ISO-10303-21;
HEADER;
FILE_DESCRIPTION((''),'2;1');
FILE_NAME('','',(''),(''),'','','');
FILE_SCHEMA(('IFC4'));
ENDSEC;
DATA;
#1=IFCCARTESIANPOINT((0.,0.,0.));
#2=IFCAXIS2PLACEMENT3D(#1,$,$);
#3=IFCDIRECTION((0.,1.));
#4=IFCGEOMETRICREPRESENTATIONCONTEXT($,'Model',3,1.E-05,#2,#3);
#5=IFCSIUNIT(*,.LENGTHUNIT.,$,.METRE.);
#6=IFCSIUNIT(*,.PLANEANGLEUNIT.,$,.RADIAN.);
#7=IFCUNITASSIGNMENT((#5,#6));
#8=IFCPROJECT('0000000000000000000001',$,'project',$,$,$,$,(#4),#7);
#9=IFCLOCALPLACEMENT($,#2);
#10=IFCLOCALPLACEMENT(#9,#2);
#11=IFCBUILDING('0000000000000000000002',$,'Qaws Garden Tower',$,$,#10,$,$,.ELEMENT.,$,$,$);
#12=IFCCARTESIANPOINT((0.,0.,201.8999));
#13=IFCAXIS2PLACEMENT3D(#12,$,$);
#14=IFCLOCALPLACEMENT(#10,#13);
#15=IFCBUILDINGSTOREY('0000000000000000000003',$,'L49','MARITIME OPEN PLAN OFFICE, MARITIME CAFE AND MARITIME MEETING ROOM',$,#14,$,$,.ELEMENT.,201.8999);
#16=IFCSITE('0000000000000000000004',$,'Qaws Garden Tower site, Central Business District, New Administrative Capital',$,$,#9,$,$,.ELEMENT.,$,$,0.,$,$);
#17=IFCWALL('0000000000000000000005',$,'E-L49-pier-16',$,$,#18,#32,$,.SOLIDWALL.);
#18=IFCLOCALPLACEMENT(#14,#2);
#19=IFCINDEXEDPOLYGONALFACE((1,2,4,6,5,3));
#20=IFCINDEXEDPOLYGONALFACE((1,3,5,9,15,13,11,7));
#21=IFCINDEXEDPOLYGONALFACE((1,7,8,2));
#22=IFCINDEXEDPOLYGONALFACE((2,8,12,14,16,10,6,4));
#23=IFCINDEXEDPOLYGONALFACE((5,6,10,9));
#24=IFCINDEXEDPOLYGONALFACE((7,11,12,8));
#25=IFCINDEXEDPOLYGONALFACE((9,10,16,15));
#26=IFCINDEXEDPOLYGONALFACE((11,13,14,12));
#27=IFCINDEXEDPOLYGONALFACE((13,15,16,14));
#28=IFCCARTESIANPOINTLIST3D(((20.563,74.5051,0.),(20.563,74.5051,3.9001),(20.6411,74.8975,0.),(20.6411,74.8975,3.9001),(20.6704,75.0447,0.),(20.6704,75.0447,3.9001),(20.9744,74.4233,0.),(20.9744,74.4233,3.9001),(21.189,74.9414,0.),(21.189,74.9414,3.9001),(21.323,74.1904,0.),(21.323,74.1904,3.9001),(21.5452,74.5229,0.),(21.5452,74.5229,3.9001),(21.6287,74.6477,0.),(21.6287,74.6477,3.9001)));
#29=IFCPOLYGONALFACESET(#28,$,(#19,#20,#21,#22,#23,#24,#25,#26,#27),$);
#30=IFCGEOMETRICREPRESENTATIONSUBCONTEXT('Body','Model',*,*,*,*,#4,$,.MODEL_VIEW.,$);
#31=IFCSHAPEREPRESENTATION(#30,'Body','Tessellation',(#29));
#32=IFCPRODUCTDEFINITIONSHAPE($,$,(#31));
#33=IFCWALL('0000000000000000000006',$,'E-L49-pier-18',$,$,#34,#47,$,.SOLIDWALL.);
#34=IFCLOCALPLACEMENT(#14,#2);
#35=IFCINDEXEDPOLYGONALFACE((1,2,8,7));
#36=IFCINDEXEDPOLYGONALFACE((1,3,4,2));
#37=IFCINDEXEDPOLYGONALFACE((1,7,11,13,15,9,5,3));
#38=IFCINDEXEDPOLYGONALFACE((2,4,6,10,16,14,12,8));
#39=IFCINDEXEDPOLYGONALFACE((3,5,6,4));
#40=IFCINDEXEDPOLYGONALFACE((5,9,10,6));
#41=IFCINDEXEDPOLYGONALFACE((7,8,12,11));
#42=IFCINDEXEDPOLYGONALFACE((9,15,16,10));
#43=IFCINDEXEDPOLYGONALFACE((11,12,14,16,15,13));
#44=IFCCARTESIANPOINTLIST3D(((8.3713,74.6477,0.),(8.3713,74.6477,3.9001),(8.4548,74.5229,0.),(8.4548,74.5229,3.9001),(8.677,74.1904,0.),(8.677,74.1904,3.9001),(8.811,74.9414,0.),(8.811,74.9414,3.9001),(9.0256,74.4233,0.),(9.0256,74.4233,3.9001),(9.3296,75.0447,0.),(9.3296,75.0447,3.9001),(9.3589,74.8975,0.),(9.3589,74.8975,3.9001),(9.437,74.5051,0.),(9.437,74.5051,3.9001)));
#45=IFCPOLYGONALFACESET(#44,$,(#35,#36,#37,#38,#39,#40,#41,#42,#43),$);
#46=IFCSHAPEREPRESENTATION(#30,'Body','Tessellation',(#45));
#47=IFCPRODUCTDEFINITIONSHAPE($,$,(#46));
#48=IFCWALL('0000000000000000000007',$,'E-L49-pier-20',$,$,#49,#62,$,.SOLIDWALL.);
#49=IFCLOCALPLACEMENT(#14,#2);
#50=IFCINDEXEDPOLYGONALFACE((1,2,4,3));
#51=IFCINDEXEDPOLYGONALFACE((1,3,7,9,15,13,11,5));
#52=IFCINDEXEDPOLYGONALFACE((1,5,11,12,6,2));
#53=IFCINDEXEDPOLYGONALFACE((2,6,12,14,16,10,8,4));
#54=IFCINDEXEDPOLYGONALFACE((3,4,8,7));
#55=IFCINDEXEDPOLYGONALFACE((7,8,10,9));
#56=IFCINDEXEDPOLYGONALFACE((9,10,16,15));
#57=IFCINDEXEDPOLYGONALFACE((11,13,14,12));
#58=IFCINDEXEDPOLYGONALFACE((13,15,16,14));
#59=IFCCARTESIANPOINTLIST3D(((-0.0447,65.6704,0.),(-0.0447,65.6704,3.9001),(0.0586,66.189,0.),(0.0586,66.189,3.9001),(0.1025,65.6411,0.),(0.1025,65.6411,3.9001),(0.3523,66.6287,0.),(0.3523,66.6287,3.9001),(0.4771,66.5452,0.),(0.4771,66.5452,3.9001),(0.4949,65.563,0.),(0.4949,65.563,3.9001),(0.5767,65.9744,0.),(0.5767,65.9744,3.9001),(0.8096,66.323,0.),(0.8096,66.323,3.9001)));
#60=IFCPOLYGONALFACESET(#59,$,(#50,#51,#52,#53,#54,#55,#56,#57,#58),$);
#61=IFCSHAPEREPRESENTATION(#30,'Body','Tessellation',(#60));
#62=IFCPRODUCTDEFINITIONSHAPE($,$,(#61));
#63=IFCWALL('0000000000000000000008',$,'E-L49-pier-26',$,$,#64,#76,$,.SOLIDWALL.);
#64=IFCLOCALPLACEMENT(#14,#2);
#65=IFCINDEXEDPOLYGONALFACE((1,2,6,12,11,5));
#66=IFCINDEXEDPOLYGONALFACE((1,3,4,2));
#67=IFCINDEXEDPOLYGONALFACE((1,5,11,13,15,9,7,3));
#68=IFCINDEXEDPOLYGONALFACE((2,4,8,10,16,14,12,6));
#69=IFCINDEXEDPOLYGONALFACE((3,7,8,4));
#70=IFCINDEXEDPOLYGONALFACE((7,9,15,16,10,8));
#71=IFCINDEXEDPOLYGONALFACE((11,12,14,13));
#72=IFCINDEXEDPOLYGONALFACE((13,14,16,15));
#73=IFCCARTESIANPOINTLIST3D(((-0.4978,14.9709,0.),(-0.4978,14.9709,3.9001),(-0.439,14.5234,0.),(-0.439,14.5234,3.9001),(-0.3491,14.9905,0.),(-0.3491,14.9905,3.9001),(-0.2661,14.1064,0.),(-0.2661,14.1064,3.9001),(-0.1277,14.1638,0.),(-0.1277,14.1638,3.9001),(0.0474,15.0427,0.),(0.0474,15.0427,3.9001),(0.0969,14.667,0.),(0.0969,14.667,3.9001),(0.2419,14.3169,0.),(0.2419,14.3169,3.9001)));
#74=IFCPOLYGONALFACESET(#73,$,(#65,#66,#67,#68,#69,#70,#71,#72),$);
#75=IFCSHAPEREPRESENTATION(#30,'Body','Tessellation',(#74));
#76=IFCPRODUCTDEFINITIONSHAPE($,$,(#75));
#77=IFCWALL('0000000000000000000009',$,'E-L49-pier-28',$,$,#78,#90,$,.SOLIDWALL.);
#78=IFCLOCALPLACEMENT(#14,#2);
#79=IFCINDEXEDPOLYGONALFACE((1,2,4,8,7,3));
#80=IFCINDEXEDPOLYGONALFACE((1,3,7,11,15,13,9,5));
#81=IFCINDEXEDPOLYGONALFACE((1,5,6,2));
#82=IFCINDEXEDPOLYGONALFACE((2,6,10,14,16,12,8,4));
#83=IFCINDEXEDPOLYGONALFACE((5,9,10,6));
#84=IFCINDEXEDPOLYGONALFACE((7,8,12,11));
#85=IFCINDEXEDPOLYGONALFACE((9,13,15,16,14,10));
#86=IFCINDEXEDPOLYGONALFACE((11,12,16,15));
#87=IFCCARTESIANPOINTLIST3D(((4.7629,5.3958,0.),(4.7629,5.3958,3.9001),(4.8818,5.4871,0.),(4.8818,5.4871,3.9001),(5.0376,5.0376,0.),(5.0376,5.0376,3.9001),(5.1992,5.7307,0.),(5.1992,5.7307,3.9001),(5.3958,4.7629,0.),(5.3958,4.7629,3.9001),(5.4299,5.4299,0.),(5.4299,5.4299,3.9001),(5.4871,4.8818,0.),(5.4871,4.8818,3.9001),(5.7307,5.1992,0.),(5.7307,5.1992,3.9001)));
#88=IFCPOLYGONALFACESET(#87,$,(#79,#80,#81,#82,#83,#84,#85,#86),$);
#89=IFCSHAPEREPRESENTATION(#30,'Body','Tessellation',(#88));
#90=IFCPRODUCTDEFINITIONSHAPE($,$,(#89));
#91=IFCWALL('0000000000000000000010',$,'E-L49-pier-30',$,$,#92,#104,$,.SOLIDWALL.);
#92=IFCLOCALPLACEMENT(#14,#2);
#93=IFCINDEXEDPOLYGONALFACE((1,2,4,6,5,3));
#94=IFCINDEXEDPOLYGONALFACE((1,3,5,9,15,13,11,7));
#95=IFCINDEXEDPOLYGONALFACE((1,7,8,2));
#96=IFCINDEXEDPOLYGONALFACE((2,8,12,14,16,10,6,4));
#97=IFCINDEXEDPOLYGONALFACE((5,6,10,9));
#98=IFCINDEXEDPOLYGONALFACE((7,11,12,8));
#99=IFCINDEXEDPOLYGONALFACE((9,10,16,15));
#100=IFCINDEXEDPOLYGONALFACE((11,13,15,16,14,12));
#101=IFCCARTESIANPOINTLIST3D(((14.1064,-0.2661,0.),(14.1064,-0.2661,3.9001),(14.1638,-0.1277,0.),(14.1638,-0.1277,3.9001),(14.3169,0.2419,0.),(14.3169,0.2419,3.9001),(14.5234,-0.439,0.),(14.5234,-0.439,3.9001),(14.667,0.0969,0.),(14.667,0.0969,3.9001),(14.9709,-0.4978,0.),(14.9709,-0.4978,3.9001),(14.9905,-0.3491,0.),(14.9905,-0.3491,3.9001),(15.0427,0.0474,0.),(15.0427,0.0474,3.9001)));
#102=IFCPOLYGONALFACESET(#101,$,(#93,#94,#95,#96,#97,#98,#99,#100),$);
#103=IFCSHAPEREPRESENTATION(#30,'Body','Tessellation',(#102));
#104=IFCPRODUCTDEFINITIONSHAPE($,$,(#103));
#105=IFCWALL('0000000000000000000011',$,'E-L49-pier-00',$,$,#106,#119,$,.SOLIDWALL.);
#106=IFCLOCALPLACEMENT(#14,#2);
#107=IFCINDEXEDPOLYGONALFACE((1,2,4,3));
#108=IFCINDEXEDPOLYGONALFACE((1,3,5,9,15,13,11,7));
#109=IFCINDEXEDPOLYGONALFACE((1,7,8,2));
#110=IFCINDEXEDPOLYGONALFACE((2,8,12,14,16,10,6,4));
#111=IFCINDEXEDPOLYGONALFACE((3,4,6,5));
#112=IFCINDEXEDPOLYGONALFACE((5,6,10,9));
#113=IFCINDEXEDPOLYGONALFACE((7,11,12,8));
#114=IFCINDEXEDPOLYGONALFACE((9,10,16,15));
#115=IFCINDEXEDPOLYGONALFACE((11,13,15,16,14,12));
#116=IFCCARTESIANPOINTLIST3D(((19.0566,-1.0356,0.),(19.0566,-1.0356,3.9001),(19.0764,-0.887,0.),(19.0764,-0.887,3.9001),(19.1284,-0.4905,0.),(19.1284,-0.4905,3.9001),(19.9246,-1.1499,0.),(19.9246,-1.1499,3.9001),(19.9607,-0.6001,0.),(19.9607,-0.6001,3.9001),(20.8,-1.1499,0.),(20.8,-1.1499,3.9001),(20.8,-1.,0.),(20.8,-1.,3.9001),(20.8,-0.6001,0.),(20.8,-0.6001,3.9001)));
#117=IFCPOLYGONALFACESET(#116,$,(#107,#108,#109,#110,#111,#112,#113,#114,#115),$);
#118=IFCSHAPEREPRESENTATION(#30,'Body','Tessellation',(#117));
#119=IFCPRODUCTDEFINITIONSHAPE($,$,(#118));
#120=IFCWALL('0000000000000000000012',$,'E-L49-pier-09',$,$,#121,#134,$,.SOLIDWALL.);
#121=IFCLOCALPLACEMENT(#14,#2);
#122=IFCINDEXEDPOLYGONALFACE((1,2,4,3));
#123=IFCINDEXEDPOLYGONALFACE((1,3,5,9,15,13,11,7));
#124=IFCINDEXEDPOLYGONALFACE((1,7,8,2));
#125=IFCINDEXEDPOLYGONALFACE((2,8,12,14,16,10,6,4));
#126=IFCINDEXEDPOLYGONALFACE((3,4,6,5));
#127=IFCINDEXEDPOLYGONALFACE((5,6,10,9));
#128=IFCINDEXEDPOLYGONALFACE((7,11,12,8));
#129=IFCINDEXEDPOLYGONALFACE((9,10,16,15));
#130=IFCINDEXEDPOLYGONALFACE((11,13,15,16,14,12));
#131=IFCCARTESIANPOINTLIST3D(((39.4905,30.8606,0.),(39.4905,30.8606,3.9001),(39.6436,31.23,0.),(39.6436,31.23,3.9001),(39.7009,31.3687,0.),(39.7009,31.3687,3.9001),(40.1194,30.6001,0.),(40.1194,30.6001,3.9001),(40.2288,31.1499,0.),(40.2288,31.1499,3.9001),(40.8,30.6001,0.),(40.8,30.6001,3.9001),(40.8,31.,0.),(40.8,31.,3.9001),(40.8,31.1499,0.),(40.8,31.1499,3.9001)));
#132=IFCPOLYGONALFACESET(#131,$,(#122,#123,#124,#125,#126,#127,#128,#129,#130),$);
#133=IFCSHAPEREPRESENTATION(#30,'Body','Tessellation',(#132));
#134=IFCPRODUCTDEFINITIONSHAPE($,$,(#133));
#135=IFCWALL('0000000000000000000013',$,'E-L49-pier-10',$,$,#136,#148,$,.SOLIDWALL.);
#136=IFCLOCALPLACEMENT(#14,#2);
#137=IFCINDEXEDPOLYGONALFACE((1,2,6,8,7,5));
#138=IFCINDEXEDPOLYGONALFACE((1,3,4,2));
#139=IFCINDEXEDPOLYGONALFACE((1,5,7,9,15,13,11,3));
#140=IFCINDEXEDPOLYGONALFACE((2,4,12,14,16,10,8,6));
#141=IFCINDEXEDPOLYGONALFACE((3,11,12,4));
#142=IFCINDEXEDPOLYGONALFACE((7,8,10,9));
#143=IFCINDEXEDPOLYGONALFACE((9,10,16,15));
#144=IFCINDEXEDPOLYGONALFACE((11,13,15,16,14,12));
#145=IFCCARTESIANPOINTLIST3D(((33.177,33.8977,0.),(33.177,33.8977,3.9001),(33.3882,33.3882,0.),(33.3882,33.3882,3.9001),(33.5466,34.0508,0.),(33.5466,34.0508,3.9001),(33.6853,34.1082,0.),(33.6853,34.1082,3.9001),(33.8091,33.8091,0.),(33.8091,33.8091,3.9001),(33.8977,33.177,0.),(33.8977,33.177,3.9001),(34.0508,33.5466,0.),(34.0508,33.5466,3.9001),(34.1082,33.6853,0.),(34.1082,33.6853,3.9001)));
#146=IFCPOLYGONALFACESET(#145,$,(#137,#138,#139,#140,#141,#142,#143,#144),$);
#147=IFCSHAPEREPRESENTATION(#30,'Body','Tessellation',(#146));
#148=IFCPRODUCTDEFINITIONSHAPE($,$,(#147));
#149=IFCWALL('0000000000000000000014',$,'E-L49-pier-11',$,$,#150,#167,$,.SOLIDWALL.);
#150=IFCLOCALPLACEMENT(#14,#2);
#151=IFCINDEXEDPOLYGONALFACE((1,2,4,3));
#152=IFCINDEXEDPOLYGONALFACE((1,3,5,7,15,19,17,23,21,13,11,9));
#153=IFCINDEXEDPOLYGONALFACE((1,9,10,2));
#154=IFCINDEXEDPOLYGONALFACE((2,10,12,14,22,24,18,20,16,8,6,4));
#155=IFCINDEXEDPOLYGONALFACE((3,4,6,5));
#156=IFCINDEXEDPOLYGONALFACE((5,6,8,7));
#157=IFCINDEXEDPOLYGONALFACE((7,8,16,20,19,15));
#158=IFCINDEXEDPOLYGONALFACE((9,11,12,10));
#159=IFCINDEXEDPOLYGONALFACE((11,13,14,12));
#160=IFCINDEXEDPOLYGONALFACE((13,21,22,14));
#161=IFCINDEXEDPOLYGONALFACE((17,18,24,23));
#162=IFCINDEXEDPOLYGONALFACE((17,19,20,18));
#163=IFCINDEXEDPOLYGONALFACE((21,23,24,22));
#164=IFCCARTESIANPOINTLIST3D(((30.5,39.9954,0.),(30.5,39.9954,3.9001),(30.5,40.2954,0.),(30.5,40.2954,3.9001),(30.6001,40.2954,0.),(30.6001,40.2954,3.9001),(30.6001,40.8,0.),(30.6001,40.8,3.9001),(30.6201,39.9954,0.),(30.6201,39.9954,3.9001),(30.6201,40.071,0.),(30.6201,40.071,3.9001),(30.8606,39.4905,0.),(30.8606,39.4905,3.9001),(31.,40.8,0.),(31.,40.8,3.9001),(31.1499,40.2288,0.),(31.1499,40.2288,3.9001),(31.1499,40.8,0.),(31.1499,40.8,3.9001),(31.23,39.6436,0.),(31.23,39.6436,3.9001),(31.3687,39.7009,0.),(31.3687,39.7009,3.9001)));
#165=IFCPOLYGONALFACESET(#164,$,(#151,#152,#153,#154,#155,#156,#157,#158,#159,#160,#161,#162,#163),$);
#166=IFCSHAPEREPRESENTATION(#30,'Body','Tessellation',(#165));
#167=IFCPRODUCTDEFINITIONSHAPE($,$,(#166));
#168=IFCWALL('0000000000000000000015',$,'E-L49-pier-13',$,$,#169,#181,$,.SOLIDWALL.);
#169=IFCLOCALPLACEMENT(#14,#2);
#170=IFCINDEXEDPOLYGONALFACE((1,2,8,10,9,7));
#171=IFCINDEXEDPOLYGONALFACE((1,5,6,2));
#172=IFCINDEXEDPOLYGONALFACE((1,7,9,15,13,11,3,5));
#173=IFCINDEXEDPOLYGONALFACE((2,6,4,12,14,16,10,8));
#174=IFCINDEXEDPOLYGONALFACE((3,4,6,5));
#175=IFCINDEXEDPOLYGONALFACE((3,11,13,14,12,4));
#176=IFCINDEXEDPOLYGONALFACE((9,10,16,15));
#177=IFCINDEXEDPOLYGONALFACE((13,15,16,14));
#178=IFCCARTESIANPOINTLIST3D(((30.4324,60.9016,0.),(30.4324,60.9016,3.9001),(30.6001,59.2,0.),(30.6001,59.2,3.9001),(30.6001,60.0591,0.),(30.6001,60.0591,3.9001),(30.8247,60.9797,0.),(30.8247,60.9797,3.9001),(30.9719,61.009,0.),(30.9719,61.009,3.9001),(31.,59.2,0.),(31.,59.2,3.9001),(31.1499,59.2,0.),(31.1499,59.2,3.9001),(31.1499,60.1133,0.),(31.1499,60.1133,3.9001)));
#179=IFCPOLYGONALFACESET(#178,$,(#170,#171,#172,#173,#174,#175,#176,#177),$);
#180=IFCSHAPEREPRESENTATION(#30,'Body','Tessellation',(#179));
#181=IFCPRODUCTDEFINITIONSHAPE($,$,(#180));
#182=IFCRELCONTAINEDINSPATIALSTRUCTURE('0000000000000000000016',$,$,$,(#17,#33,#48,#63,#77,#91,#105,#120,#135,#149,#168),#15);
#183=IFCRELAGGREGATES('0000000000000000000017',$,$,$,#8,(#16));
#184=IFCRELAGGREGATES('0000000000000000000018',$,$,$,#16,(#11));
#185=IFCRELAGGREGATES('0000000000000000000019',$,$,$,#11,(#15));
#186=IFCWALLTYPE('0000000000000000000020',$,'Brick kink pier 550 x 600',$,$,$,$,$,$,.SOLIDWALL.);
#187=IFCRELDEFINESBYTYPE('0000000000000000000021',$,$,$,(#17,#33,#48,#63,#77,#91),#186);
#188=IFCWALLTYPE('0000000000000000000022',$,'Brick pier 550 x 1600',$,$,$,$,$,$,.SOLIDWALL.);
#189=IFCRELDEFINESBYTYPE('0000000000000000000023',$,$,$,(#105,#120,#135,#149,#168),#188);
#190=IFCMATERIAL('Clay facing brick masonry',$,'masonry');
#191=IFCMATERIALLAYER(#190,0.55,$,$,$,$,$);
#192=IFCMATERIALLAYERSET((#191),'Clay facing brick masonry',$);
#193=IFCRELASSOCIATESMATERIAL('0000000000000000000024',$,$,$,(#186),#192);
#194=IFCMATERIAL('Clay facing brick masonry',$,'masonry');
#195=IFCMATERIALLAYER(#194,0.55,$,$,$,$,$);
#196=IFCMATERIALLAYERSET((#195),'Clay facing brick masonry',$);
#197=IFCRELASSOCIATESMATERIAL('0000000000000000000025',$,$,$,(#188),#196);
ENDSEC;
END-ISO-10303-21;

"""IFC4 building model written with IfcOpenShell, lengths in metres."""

from ifc_helpers import new_model, si_unit, direction, frame, origin, place, context, subcontext, project, spatial, polyline, outline, extrude, material, layer, layer_set, type_object, element, save


model = new_model("IFC4")

# Units and contexts
model_context = context("Model", 3, precision=1e-05, world=origin(), true_north=direction((0.0, 1.0)))
body_context = subcontext(model_context, "Body", "Model", "MODEL_VIEW")
ifc_project = project(units=[si_unit("LENGTHUNIT", "METRE"), si_unit("PLANEANGLEUNIT", "RADIAN")], contexts=[model_context])

# Site, building, storey
site_placement = place(None, origin())
site = spatial("IfcSite", under=ifc_project, at=site_placement, Name="Qaws Garden Tower site, Central Business District, New Administrative Capital", CompositionType="ELEMENT", RefElevation=0.0)
building_placement = place(site_placement, origin())
building = spatial("IfcBuilding", under=site, at=building_placement, Name="Qaws Garden Tower", CompositionType="ELEMENT")
storey_placement = place(building_placement, frame((0.0, 0.0, 201.8999)))
storey = spatial("IfcBuildingStorey", under=building, at=storey_placement, Name="L49", Description="MARITIME OPEN PLAN OFFICE, MARITIME CAFE AND MARITIME MEETING ROOM", CompositionType="ELEMENT", Elevation=201.8999)

# Walls
placement = place(storey_placement, origin())
ifc_material_1 = material(Name="Clay facing brick masonry", Category="masonry")
ifc_layer_1 = layer(ifc_material_1, 0.55)
ifc_layer_set_1 = layer_set([ifc_layer_1], Name="Clay facing brick masonry")
wall_type_1 = type_object("IfcWallType", Name="Brick kink pier 550 x 600", PredefinedType="SOLIDWALL", material=ifc_layer_set_1)
element("IfcWall", 1, at=placement, inside=storey, type_object=wall_type_1, Name="E-L49-pier-16", PredefinedType="SOLIDWALL", context=body_context, shape_type="SweptSolid", body=[
    extrude(outline(polyline([(21.5452, 74.5229), (21.6287, 74.6477), (21.189, 74.9414), (20.6704, 75.0447), (20.6411, 74.8975), (20.563, 74.5051), (20.9744, 74.4233), (21.323, 74.1904), (21.5452, 74.5229)])), origin(), (0.0, 0.0, 1.0), 3.9001),
])
element("IfcWall", 2, at=placement, inside=storey, type_object=wall_type_1, Name="E-L49-pier-18", PredefinedType="SOLIDWALL", context=body_context, shape_type="SweptSolid", body=[
    extrude(outline(polyline([(9.3589, 74.8975), (9.3296, 75.0447), (8.811, 74.9414), (8.3713, 74.6477), (8.4548, 74.5229), (8.677, 74.1904), (9.0256, 74.4233), (9.437, 74.5051), (9.3589, 74.8975)])), origin(), (0.0, 0.0, 1.0), 3.9001),
])
element("IfcWall", 3, at=placement, inside=storey, type_object=wall_type_1, Name="E-L49-pier-20", PredefinedType="SOLIDWALL", context=body_context, shape_type="SweptSolid", body=[
    extrude(outline(polyline([(0.4771, 66.5452), (0.3523, 66.6287), (0.0586, 66.189), (-0.0447, 65.6704), (0.1025, 65.6411), (0.4949, 65.563), (0.5767, 65.9744), (0.8096, 66.323), (0.4771, 66.5452)])), origin(), (0.0, 0.0, 1.0), 3.9001),
])
element("IfcWall", 4, at=placement, inside=storey, type_object=wall_type_1, Name="E-L49-pier-26", PredefinedType="SOLIDWALL", context=body_context, shape_type="SweptSolid", body=[
    extrude(outline(polyline([(-0.3491, 14.9905), (-0.4978, 14.9709), (-0.439, 14.5234), (-0.2661, 14.1064), (-0.1277, 14.1638), (0.2419, 14.3169), (0.0969, 14.667), (0.0474, 15.0427), (-0.3491, 14.9905)])), origin(), (0.0, 0.0, 1.0), 3.9001),
])
element("IfcWall", 5, at=placement, inside=storey, type_object=wall_type_1, Name="E-L49-pier-28", PredefinedType="SOLIDWALL", context=body_context, shape_type="SweptSolid", body=[
    extrude(outline(polyline([(4.8818, 5.4871), (4.7629, 5.3958), (5.0376, 5.0376), (5.3958, 4.7629), (5.4871, 4.8818), (5.7307, 5.1992), (5.4299, 5.4299), (5.1992, 5.7307), (4.8818, 5.4871)])), origin(), (0.0, 0.0, 1.0), 3.9001),
])
element("IfcWall", 6, at=placement, inside=storey, type_object=wall_type_1, Name="E-L49-pier-30", PredefinedType="SOLIDWALL", context=body_context, shape_type="SweptSolid", body=[
    extrude(outline(polyline([(14.1638, -0.1277), (14.1064, -0.2661), (14.5234, -0.439), (14.9709, -0.4978), (14.9905, -0.3491), (15.0427, 0.0474), (14.667, 0.0969), (14.3169, 0.2419), (14.1638, -0.1277)])), origin(), (0.0, 0.0, 1.0), 3.9001),
])
ifc_material_2 = material(Name="Clay facing brick masonry", Category="masonry")
ifc_layer_2 = layer(ifc_material_2, 0.55)
ifc_layer_set_2 = layer_set([ifc_layer_2], Name="Clay facing brick masonry")
wall_type_2 = type_object("IfcWallType", Name="Brick pier 550 x 1600", PredefinedType="SOLIDWALL", material=ifc_layer_set_2)
element("IfcWall", 7, at=placement, inside=storey, type_object=wall_type_2, Name="E-L49-pier-00", PredefinedType="SOLIDWALL", context=body_context, shape_type="SweptSolid", body=[
    extrude(outline(polyline([(19.0764, -0.887), (19.0566, -1.0356), (19.9246, -1.1499), (20.8, -1.1499), (20.8, -1.0), (20.8, -0.6001), (19.9607, -0.6001), (19.1284, -0.4905), (19.0764, -0.887)])), origin(), (0.0, 0.0, 1.0), 3.9001),
])
element("IfcWall", 8, at=placement, inside=storey, type_object=wall_type_2, Name="E-L49-pier-09", PredefinedType="SOLIDWALL", context=body_context, shape_type="SweptSolid", body=[
    extrude(outline(polyline([(40.8, 31.0), (40.8, 31.1499), (40.2288, 31.1499), (39.7009, 31.3687), (39.6436, 31.23), (39.4905, 30.8606), (40.1194, 30.6001), (40.8, 30.6001), (40.8, 31.0)])), origin(), (0.0, 0.0, 1.0), 3.9001),
])
element("IfcWall", 9, at=placement, inside=storey, type_object=wall_type_2, Name="E-L49-pier-10", PredefinedType="SOLIDWALL", context=body_context, shape_type="SweptSolid", body=[
    extrude(outline(polyline([(34.0508, 33.5466), (34.1082, 33.6853), (33.8091, 33.8091), (33.6853, 34.1082), (33.5466, 34.0508), (33.177, 33.8977), (33.3882, 33.3882), (33.8977, 33.177), (34.0508, 33.5466)])), origin(), (0.0, 0.0, 1.0), 3.9001),
])
element("IfcWall", 10, at=placement, inside=storey, type_object=wall_type_2, Name="E-L49-pier-11", PredefinedType="SOLIDWALL", context=body_context, shape_type="SweptSolid", body=[
    extrude(outline(polyline([(30.6201, 39.9954), (30.6201, 40.071), (30.8606, 39.4905), (31.23, 39.6436), (31.3687, 39.7009), (31.1499, 40.2288), (31.1499, 40.8), (31.0, 40.8), (30.6001, 40.8), (30.6001, 40.2954), (30.5, 40.2954), (30.5, 39.9954), (30.6201, 39.9954)])), origin(), (0.0, 0.0, 1.0), 3.9001),
])
element("IfcWall", 11, at=placement, inside=storey, type_object=wall_type_2, Name="E-L49-pier-13", PredefinedType="SOLIDWALL", context=body_context, shape_type="SweptSolid", body=[
    extrude(outline(polyline([(31.0, 59.2), (31.1499, 59.2), (31.1499, 60.1133), (30.9719, 61.009), (30.8247, 60.9797), (30.4324, 60.9016), (30.6001, 60.0591), (30.6001, 59.2), (31.0, 59.2)])), origin(), (0.0, 0.0, 1.0), 3.9001),
])

save(model, "model.ifc")
